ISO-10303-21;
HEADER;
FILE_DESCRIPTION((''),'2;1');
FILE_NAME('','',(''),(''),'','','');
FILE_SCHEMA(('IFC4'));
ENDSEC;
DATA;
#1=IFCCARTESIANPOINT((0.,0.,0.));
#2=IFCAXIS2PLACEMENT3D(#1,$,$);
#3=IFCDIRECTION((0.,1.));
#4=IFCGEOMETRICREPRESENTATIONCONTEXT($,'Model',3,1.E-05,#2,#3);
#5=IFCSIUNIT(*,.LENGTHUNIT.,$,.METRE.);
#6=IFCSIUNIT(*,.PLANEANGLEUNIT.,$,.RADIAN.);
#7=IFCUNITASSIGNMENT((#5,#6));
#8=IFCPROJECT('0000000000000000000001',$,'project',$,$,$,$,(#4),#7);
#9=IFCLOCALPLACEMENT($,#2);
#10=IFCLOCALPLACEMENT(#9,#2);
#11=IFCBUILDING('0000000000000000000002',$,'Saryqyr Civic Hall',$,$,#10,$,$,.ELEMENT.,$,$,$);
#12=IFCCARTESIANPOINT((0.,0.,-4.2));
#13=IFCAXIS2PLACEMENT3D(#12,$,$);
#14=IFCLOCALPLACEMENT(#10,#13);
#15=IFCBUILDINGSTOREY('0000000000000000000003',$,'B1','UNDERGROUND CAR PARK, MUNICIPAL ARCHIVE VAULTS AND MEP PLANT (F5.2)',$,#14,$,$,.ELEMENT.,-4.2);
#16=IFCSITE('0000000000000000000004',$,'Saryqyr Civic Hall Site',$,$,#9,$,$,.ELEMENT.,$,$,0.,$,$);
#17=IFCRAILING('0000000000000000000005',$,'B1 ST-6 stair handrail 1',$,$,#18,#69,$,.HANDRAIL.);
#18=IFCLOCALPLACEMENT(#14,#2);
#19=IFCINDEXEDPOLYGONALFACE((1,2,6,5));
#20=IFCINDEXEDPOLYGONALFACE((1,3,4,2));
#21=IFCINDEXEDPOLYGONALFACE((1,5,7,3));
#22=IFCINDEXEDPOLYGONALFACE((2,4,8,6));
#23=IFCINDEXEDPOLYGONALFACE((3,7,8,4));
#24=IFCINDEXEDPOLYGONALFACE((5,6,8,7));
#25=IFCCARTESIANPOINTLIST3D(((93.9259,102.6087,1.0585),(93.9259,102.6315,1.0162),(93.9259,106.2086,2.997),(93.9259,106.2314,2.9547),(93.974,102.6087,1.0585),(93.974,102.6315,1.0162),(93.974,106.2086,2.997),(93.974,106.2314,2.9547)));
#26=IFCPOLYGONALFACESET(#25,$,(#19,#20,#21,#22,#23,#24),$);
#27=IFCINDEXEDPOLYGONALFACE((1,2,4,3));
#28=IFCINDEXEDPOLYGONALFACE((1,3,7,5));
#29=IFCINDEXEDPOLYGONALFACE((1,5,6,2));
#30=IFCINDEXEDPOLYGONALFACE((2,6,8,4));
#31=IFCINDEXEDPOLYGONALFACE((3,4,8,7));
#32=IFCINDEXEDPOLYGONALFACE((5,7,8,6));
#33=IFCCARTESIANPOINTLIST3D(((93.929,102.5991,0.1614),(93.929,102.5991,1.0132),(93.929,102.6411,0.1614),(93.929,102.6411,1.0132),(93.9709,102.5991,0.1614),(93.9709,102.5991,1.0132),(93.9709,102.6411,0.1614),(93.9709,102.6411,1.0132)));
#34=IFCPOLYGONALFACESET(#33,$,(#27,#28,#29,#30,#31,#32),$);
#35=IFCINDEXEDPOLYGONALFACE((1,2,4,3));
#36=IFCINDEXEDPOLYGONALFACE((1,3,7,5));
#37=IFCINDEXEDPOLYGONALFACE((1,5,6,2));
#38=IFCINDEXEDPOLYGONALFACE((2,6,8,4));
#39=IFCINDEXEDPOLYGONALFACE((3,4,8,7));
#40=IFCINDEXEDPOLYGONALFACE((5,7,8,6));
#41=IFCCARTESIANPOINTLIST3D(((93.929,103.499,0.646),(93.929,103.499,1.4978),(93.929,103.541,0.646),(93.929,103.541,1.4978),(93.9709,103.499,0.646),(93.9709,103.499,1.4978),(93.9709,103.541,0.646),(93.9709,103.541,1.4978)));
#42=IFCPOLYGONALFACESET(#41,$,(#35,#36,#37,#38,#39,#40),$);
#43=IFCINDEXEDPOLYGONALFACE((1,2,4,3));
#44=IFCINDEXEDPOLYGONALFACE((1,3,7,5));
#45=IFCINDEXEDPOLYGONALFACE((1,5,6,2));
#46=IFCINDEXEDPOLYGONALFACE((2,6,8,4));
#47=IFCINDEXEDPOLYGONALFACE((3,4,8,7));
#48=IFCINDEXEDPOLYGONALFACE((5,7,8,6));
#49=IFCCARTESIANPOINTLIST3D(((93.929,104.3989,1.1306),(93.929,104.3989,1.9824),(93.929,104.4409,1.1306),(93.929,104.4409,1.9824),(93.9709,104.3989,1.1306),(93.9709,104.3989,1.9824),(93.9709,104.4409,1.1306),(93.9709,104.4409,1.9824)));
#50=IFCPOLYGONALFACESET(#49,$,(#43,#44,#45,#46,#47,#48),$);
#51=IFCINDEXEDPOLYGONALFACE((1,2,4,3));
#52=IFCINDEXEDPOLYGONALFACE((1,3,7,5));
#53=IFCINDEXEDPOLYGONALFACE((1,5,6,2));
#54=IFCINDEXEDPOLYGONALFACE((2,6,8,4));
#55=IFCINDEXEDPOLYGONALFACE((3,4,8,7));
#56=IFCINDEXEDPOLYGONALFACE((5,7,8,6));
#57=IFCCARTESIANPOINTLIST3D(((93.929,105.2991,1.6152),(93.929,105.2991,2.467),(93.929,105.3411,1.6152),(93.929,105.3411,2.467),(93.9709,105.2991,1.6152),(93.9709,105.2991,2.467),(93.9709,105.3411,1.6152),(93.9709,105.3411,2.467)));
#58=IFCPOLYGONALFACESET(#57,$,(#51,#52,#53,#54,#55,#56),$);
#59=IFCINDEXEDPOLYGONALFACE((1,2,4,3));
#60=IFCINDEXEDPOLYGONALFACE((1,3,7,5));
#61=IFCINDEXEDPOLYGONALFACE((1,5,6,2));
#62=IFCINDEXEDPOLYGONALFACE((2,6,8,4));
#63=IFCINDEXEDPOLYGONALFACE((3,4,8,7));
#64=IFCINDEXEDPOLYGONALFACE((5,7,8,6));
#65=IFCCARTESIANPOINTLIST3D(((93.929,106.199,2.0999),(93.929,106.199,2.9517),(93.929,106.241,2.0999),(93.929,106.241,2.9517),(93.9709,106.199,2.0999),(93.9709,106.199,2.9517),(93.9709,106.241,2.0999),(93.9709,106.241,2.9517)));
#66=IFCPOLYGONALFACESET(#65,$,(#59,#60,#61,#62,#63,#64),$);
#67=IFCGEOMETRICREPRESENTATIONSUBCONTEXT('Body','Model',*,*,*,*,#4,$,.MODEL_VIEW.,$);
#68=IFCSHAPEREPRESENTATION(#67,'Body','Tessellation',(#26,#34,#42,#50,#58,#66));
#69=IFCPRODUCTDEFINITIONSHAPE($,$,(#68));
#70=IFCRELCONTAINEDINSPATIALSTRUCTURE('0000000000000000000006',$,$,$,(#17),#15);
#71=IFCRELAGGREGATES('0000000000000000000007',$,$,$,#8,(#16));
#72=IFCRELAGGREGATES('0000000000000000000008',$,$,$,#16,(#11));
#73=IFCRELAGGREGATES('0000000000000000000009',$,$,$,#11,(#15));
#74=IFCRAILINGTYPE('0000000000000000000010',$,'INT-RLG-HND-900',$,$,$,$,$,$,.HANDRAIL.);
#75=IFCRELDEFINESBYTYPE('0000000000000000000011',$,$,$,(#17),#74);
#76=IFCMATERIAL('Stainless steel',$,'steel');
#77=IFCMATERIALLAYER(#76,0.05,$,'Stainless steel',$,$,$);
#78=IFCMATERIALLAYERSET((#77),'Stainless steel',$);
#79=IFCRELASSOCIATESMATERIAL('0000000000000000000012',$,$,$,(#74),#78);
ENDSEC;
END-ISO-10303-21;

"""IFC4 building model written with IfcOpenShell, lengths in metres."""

from ifc_helpers import new_model, si_unit, direction, frame, origin, origin_2d, place, context, subcontext, project, spatial, rectangle, extrude, material, layer, layer_set, type_object, element, save


model = new_model("IFC4")

# Units and contexts
model_context = context("Model", 3, precision=1e-05, world=origin(), true_north=direction((0.0, 1.0)))
body_context = subcontext(model_context, "Body", "Model", "MODEL_VIEW")
ifc_project = project(units=[si_unit("LENGTHUNIT", "METRE"), si_unit("PLANEANGLEUNIT", "RADIAN")], contexts=[model_context])

# Site, building, storey
site_placement = place(None, origin())
site = spatial("IfcSite", under=ifc_project, at=site_placement, Name="Saryqyr Civic Hall Site", CompositionType="ELEMENT", RefElevation=0.0)
building_placement = place(site_placement, origin())
building = spatial("IfcBuilding", under=site, at=building_placement, Name="Saryqyr Civic Hall", CompositionType="ELEMENT")
storey_placement = place(building_placement, frame((0.0, 0.0, -4.2)))
storey = spatial("IfcBuildingStorey", under=building, at=storey_placement, Name="B1", Description="UNDERGROUND CAR PARK, MUNICIPAL ARCHIVE VAULTS AND MEP PLANT (F5.2)", CompositionType="ELEMENT", Elevation=-4.2)

# Railing
ifc_material_1 = material(Name="Stainless steel", Category="steel")
ifc_layer_1 = layer(ifc_material_1, 0.05, Name="Stainless steel")
ifc_layer_set_1 = layer_set([ifc_layer_1], Name="Stainless steel")
railing_type = type_object("IfcRailingType", Name="INT-RLG-HND-900", PredefinedType="HANDRAIL", material=ifc_layer_set_1)
railing_placement = place(storey_placement, frame((93.95, 102.6201, 0.1614)))
element("IfcRailing", 1, at=railing_placement, inside=storey, type_object=railing_type, Name="B1 ST-6 stair handrail 1", PredefinedType="HANDRAIL", context=body_context, shape_type="SweptSolid", body=[
    extrude(rectangle(XDim=0.0481, YDim=0.0481, at=origin_2d()), frame((0.0, 0.0, 0.876), z_axis=(0.0, 0.880462, 0.474118), x_axis=(-1.0, 0.0, 0.0)), (0.0, 0.0, 1.0), 4.0886),
    extrude(rectangle(XDim=0.042, YDim=0.042, at=origin_2d()), origin(), (0.0, 0.0, 1.0), 0.8518),
    extrude(rectangle(XDim=0.042, YDim=0.042, at=origin_2d()), frame((0.0, 0.8999, 0.4846)), (0.0, 0.0, 1.0), 0.8518),
    extrude(rectangle(XDim=0.042, YDim=0.042, at=origin_2d()), frame((0.0, 1.7998, 0.9692)), (0.0, 0.0, 1.0), 0.8518),
    extrude(rectangle(XDim=0.042, YDim=0.042, at=origin_2d()), frame((0.0, 2.7, 1.4539)), (0.0, 0.0, 1.0), 0.8518),
    extrude(rectangle(XDim=0.042, YDim=0.042, at=origin_2d()), frame((0.0, 3.5999, 1.9385)), (0.0, 0.0, 1.0), 0.8518),
])

save(model, "model.ifc")
